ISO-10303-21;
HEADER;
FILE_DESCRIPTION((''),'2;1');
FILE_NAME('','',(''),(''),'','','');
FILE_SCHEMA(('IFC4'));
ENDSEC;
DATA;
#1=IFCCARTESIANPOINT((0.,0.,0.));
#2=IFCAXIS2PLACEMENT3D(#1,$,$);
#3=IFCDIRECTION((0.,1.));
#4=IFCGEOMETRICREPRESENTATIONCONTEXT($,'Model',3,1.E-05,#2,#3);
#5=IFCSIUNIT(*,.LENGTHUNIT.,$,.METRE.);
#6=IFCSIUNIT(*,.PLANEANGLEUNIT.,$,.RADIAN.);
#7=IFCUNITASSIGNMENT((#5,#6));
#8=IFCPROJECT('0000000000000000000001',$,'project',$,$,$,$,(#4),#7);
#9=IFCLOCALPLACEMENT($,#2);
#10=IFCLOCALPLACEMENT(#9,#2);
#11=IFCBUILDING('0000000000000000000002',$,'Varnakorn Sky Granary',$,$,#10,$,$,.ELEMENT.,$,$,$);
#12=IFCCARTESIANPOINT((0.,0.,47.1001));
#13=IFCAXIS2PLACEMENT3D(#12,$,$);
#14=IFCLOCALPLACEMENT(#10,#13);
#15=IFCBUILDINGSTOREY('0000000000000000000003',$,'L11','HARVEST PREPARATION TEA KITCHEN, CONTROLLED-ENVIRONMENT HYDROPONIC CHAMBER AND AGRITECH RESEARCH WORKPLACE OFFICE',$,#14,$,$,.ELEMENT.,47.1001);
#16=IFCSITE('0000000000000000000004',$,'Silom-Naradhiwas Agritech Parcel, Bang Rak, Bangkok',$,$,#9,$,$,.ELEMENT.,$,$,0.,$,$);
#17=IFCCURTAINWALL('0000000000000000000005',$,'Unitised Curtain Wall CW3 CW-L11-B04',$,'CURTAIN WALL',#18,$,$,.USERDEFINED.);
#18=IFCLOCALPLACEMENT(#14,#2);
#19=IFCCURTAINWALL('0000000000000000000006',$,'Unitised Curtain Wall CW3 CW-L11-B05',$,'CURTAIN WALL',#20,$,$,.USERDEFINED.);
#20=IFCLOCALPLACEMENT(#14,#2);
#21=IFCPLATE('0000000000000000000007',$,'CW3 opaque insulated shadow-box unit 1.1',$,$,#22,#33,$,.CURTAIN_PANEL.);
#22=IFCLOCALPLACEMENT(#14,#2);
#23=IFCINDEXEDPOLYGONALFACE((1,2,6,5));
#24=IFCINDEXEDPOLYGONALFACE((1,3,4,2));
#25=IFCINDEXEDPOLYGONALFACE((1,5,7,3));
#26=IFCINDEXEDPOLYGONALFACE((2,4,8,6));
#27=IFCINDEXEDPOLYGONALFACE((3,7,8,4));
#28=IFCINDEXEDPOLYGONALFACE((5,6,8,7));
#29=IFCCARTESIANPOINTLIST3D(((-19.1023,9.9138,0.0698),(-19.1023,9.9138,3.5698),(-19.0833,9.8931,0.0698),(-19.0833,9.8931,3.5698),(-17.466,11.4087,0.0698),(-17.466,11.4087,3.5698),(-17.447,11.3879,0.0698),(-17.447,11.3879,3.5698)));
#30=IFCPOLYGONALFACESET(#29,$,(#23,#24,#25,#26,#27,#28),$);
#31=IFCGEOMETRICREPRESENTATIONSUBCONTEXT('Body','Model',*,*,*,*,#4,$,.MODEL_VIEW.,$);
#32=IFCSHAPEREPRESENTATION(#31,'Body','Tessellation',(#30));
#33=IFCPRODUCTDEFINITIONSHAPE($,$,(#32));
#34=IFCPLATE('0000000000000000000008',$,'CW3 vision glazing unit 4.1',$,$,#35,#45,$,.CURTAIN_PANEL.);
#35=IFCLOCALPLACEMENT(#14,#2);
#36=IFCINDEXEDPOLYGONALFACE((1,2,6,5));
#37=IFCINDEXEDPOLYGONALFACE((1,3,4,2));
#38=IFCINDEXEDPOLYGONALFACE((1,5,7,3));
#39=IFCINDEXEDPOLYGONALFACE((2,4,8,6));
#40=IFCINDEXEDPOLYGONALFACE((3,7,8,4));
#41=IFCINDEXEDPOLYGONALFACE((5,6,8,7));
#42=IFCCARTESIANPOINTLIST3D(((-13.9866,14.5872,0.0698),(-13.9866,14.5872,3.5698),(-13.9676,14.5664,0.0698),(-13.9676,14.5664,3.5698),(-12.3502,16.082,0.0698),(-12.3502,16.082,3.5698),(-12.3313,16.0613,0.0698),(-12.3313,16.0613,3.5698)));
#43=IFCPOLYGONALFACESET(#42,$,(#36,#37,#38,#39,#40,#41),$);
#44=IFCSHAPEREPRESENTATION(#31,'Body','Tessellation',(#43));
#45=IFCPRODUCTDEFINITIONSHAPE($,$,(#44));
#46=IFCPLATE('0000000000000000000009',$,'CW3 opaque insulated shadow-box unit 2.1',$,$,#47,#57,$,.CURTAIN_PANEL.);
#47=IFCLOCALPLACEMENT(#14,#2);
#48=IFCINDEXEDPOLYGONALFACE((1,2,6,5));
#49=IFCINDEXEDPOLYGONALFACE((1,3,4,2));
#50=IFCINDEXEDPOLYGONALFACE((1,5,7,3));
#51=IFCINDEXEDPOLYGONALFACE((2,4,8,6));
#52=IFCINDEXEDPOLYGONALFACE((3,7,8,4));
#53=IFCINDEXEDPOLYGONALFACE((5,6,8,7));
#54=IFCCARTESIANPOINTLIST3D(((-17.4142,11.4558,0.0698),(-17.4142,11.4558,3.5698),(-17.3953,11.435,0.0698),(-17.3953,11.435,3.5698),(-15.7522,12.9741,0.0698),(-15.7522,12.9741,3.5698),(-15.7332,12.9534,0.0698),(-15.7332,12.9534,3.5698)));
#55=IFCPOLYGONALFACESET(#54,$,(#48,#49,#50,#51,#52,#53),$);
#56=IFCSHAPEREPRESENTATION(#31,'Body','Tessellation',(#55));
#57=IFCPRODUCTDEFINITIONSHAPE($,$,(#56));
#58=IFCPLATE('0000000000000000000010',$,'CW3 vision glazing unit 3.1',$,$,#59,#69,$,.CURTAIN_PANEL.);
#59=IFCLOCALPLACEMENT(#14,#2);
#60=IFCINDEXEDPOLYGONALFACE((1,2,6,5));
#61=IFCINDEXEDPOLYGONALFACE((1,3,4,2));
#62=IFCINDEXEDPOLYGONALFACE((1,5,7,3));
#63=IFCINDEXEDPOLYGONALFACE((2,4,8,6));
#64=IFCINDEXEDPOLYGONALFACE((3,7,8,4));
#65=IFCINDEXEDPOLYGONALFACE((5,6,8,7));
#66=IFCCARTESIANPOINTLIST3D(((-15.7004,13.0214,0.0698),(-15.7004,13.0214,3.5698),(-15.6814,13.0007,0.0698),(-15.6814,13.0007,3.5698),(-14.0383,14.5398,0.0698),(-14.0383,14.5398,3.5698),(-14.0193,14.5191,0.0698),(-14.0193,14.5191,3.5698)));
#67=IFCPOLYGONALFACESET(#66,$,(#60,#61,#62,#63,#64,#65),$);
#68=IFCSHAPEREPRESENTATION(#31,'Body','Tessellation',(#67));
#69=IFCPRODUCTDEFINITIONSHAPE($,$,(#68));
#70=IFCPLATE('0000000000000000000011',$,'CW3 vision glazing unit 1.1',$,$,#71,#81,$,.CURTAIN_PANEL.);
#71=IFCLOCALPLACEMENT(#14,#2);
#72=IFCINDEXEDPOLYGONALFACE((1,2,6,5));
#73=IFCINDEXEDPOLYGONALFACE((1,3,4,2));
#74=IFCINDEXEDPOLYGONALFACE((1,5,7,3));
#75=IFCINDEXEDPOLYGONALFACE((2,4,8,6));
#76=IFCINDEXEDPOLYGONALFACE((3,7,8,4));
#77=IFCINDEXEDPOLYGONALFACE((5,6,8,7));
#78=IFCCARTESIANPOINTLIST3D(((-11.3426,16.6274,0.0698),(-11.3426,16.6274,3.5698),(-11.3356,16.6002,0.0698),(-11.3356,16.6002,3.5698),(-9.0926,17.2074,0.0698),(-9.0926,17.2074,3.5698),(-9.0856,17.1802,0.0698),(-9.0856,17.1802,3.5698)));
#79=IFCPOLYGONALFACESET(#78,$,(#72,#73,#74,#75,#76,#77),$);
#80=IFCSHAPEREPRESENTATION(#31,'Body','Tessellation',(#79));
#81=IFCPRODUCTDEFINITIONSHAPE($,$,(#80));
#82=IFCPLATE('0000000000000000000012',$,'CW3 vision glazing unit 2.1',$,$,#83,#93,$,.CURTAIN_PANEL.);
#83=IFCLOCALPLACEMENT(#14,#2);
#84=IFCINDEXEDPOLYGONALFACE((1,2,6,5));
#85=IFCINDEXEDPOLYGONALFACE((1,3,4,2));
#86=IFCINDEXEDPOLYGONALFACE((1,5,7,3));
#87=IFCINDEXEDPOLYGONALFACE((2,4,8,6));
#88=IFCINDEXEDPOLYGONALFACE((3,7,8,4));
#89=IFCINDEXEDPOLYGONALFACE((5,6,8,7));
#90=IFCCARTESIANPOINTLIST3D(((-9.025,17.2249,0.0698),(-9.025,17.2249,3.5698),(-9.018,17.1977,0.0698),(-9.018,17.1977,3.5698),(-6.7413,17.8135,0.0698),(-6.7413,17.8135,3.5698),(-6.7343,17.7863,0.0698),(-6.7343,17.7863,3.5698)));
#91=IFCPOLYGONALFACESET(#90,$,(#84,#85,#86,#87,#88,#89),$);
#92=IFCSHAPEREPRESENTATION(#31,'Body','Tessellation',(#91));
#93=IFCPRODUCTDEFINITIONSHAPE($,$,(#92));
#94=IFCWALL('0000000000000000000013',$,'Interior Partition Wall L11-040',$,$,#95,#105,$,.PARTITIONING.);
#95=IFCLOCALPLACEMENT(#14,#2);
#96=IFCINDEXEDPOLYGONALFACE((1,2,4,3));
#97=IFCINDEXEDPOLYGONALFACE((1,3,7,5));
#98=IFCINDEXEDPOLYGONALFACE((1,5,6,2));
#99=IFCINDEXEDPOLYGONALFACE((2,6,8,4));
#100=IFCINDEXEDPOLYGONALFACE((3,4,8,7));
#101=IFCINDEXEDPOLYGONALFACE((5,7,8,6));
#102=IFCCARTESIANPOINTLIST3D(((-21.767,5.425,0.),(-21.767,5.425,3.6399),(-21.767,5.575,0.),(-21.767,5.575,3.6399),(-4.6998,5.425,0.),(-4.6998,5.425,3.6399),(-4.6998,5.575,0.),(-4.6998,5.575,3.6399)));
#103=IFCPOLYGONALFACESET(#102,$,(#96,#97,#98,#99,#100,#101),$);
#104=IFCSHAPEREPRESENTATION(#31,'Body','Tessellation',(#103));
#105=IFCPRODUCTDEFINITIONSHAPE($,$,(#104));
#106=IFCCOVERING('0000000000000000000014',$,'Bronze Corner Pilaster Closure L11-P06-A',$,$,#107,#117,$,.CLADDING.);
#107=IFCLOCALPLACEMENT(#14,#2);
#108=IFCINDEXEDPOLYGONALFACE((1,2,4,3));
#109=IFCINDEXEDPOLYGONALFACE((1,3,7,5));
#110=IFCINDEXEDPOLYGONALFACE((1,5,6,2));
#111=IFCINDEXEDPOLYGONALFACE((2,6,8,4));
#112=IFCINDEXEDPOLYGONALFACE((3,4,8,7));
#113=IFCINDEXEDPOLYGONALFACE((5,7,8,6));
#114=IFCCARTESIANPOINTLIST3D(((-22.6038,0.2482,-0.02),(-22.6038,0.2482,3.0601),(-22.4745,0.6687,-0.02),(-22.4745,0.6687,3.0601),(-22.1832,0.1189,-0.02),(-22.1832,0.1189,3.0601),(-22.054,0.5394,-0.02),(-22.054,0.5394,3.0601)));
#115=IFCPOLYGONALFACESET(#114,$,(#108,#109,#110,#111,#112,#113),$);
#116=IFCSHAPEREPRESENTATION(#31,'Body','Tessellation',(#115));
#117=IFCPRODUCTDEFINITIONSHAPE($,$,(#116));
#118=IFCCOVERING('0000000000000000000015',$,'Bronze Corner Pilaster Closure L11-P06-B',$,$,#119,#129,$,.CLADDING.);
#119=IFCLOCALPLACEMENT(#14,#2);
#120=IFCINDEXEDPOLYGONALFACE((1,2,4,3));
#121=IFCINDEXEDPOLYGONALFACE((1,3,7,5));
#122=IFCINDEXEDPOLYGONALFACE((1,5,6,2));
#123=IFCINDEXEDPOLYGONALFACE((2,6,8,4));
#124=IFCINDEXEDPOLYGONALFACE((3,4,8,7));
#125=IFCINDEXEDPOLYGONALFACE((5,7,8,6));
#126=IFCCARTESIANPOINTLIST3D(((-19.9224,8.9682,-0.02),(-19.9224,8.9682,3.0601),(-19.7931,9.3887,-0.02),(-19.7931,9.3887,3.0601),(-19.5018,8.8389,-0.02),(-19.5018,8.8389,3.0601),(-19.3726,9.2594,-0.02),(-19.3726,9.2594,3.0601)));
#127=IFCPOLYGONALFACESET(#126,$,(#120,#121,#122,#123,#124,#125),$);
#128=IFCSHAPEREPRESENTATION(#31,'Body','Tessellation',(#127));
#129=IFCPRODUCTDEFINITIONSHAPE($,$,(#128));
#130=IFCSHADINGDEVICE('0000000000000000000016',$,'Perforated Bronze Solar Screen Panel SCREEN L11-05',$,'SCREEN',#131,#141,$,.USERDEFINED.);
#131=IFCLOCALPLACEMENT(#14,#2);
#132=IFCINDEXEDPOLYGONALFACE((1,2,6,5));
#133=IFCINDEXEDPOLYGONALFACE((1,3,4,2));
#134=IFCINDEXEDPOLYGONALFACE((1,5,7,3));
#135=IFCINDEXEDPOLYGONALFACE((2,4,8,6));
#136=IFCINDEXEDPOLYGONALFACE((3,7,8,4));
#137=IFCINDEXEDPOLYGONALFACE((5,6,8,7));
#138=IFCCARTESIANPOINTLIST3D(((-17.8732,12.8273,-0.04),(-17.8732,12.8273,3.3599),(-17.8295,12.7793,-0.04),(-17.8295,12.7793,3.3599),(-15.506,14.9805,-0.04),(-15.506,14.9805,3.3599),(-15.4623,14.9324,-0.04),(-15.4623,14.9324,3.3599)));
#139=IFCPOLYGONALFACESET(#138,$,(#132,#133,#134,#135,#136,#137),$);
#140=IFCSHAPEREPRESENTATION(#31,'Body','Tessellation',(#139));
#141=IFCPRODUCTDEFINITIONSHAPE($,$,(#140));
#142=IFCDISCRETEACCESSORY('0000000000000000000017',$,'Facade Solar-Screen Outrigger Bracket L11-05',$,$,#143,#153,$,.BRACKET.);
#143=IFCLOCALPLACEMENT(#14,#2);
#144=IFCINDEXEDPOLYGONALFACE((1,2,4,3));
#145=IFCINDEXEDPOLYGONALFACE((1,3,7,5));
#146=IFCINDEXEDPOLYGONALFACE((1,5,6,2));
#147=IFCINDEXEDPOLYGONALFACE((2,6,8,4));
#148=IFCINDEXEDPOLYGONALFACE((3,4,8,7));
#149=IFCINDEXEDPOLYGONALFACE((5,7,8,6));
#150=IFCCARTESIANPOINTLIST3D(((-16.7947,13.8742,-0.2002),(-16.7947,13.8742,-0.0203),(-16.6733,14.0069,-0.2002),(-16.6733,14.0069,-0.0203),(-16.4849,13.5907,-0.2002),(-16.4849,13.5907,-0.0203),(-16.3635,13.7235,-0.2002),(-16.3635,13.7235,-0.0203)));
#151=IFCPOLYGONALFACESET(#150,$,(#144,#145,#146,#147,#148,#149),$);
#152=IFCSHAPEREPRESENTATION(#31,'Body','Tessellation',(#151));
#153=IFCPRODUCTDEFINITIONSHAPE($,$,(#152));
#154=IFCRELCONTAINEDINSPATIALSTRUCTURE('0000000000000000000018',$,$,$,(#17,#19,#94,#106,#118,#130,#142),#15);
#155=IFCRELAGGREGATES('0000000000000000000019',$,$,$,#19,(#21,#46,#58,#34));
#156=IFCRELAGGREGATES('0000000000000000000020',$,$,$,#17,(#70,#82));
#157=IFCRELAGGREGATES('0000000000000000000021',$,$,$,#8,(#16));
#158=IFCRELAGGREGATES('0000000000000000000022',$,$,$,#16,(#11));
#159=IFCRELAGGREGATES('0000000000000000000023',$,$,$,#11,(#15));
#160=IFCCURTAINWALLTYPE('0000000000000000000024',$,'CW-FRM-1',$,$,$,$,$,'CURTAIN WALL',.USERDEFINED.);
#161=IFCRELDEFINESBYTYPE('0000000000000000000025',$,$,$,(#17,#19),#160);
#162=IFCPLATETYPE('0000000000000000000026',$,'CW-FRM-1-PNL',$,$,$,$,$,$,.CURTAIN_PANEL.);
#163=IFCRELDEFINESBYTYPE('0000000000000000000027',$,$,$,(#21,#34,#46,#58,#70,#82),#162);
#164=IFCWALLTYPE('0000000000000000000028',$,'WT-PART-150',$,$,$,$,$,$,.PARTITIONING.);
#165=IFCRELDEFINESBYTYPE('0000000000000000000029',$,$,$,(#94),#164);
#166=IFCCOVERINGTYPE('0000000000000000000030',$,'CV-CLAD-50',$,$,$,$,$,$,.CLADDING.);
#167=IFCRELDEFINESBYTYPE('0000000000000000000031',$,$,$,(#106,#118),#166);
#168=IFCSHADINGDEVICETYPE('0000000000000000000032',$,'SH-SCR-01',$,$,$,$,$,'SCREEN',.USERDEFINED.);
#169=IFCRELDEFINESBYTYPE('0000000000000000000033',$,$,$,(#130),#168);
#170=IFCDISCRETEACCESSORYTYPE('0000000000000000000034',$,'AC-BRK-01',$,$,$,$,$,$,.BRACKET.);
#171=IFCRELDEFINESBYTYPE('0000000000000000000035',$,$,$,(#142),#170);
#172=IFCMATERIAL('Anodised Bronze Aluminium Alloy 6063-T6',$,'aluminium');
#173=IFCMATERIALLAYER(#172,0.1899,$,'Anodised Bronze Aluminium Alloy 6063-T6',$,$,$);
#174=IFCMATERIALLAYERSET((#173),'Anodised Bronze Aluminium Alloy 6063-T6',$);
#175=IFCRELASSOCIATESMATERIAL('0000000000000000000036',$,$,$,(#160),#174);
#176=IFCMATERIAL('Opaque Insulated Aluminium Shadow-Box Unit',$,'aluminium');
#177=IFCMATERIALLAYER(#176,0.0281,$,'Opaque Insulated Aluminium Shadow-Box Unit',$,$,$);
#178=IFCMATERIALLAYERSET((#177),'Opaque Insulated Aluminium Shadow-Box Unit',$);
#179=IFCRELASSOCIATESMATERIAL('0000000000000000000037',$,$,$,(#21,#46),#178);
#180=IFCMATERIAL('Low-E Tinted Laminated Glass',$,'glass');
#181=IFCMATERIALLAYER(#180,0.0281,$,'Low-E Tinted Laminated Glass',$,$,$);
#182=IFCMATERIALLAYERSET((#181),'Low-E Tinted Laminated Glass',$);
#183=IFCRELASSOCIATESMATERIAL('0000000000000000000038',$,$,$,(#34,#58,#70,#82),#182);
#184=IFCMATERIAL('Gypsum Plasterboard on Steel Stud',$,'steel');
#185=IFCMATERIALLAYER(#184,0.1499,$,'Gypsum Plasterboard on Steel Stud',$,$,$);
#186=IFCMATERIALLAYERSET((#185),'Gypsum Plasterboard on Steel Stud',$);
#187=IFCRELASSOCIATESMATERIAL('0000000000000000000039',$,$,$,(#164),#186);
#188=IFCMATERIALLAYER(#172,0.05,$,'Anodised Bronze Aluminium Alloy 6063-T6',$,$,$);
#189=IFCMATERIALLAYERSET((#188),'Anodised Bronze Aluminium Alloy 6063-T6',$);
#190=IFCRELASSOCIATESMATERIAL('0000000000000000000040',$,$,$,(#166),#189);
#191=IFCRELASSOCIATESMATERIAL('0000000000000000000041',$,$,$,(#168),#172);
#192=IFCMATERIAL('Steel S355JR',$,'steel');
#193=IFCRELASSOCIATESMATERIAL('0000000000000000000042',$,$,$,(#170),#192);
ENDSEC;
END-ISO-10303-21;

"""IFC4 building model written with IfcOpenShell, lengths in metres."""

from ifc_helpers import new_model, si_unit, direction, frame, frame_2d, origin, origin_2d, place, context, subcontext, project, spatial, rectangle, extrude, source, transform, mapped, material, layer, layer_set, type_object, type_shapes, element, aggregate, save


model = new_model("IFC4")

# Units and contexts
model_context = context("Model", 3, precision=1e-05, world=origin(), true_north=direction((0.0, 1.0)))
body_context = subcontext(model_context, "Body", "Model", "MODEL_VIEW")
ifc_project = project(units=[si_unit("LENGTHUNIT", "METRE"), si_unit("PLANEANGLEUNIT", "RADIAN")], contexts=[model_context])

# Site, building, storey
site_placement = place(None, origin())
site = spatial("IfcSite", under=ifc_project, at=site_placement, Name="Silom-Naradhiwas Agritech Parcel, Bang Rak, Bangkok", CompositionType="ELEMENT", RefElevation=0.0)
building_placement = place(site_placement, origin())
building = spatial("IfcBuilding", under=site, at=building_placement, Name="Varnakorn Sky Granary", CompositionType="ELEMENT")
storey_placement = place(building_placement, frame((0.0, 0.0, 47.1001)))
storey = spatial("IfcBuildingStorey", under=building, at=storey_placement, Name="L11", Description="HARVEST PREPARATION TEA KITCHEN, CONTROLLED-ENVIRONMENT HYDROPONIC CHAMBER AND AGRITECH RESEARCH WORKPLACE OFFICE", CompositionType="ELEMENT", Elevation=47.1001)

# Shared definitions
ifc_material_1 = material(Name="Steel S355JR", Category="steel")

# Curtain walls
ifc_material_2 = material(Name="Anodised Bronze Aluminium Alloy 6063-T6", Category="aluminium")
ifc_layer_1 = layer(ifc_material_2, 0.1899, Name="Anodised Bronze Aluminium Alloy 6063-T6")
ifc_layer_set_1 = layer_set([ifc_layer_1], Name="Anodised Bronze Aluminium Alloy 6063-T6")
curtain_wall_type = type_object("IfcCurtainWallType", Name="CW-FRM-1", ElementType="CURTAIN WALL", PredefinedType="USERDEFINED", material=ifc_layer_set_1)
curtain_wall_1_placement = place(storey_placement, origin())
curtain_wall_1 = element("IfcCurtainWall", 1, at=curtain_wall_1_placement, inside=storey, type_object=curtain_wall_type, Name="Unitised Curtain Wall CW3 CW-L11-B04", ObjectType="CURTAIN WALL", PredefinedType="USERDEFINED")
curtain_wall_2_placement = place(storey_placement, origin())
curtain_wall_2 = element("IfcCurtainWall", 2, at=curtain_wall_2_placement, inside=storey, type_object=curtain_wall_type, Name="Unitised Curtain Wall CW3 CW-L11-B05", ObjectType="CURTAIN WALL", PredefinedType="USERDEFINED")

# Plates
ifc_material_3 = material(Name="Opaque Insulated Aluminium Shadow-Box Unit", Category="aluminium")
ifc_layer_2 = layer(ifc_material_3, 0.0281, Name="Opaque Insulated Aluminium Shadow-Box Unit")
ifc_layer_set_2 = layer_set([ifc_layer_2], Name="Opaque Insulated Aluminium Shadow-Box Unit")
plate_type = type_object("IfcPlateType", Name="CW-FRM-1-PNL", PredefinedType="CURTAIN_PANEL")
shared_shape_1 = source(origin(), body_context, "Body", "SweptSolid", [
    extrude(rectangle(XDim=2.2163, YDim=0.0281, at=origin_2d()), origin(), (0.0, 0.0, 1.0), 3.5),
])
plate_1_placement = place(storey_placement, frame((-18.2747, 10.6509, 0.0698), z_axis=(0.0, 0.0, 1.0), x_axis=(0.738307, 0.674464, 0.0)))
plate_1 = element("IfcPlate", 3, at=plate_1_placement, type_object=plate_type, material=ifc_layer_set_2, Name="CW3 opaque insulated shadow-box unit 1.1", PredefinedType="CURTAIN_PANEL", context=body_context, shape_type="MappedRepresentation", body=[
    mapped(shared_shape_1, transform((0.0, 0.0, 0.0), x_axis=(1.0, 0.0, 0.0), y_axis=(0.0, 1.0, 0.0), z_axis=(0.0, 0.0, 1.0), scale=1.0)),
])
ifc_material_4 = material(Name="Low-E Tinted Laminated Glass", Category="glass")
ifc_layer_3 = layer(ifc_material_4, 0.0281, Name="Low-E Tinted Laminated Glass")
ifc_layer_set_3 = layer_set([ifc_layer_3], Name="Low-E Tinted Laminated Glass")
plate_2_placement = place(storey_placement, frame((-13.1589, 15.3242, 0.0698), z_axis=(0.0, 0.0, 1.0), x_axis=(0.738307, 0.674464, 0.0)))
plate_2 = element("IfcPlate", 4, at=plate_2_placement, type_object=plate_type, material=ifc_layer_set_3, Name="CW3 vision glazing unit 4.1", PredefinedType="CURTAIN_PANEL", context=body_context, shape_type="MappedRepresentation", body=[
    mapped(shared_shape_1, transform((0.0, 0.0, 0.0), x_axis=(1.0, 0.0, 0.0), y_axis=(0.0, 1.0, 0.0), z_axis=(0.0, 0.0, 1.0), scale=1.0)),
])
shared_shape_2 = source(origin(), body_context, "Body", "SweptSolid", [
    extrude(rectangle(XDim=2.2512, YDim=0.0281, at=origin_2d()), origin(), (0.0, 0.0, 1.0), 3.5),
])
plate_3_placement = place(storey_placement, frame((-16.5737, 12.2046, 0.0698), z_axis=(0.0, 0.0, 1.0), x_axis=(0.738307, 0.674464, 0.0)))
plate_3 = element("IfcPlate", 5, at=plate_3_placement, type_object=plate_type, material=ifc_layer_set_2, Name="CW3 opaque insulated shadow-box unit 2.1", PredefinedType="CURTAIN_PANEL", context=body_context, shape_type="MappedRepresentation", body=[
    mapped(shared_shape_2, transform((0.0, 0.0, 0.0), x_axis=(1.0, 0.0, 0.0), y_axis=(0.0, 1.0, 0.0), z_axis=(0.0, 0.0, 1.0), scale=1.0)),
])
plate_4_placement = place(storey_placement, frame((-14.8599, 13.7703, 0.0698), z_axis=(0.0, 0.0, 1.0), x_axis=(0.738307, 0.674464, 0.0)))
plate_4 = element("IfcPlate", 6, at=plate_4_placement, type_object=plate_type, material=ifc_layer_set_3, Name="CW3 vision glazing unit 3.1", PredefinedType="CURTAIN_PANEL", context=body_context, shape_type="MappedRepresentation", body=[
    mapped(shared_shape_2, transform((0.0, 0.0, 0.0), x_axis=(1.0, 0.0, 0.0), y_axis=(0.0, 1.0, 0.0), z_axis=(0.0, 0.0, 1.0), scale=1.0)),
])
aggregate(curtain_wall_2, [plate_1, plate_3, plate_4, plate_2])
shared_shape_3 = source(origin(), body_context, "Body", "SweptSolid", [
    extrude(rectangle(XDim=2.3235, YDim=0.0281, at=origin_2d()), origin(), (0.0, 0.0, 1.0), 3.5),
])
plate_5_placement = place(storey_placement, frame((-10.2141, 16.9038, 0.0698), z_axis=(0.0, 0.0, 1.0), x_axis=(0.96835, 0.249595, 0.0)))
plate_5 = element("IfcPlate", 7, at=plate_5_placement, type_object=plate_type, material=ifc_layer_set_3, Name="CW3 vision glazing unit 1.1", PredefinedType="CURTAIN_PANEL", context=body_context, shape_type="MappedRepresentation", body=[
    mapped(shared_shape_3, transform((0.0, 0.0, 0.0), x_axis=(1.0, 0.0, 0.0), y_axis=(0.0, 1.0, 0.0), z_axis=(0.0, 0.0, 1.0), scale=1.0)),
])
shared_shape_4 = source(origin(), body_context, "Body", "SweptSolid", [
    extrude(rectangle(XDim=2.3584, YDim=0.0281, at=origin_2d()), origin(), (0.0, 0.0, 1.0), 3.5),
])
type_shapes(plate_type, [shared_shape_1, shared_shape_2, shared_shape_3, shared_shape_4])
plate_6_placement = place(storey_placement, frame((-7.8796, 17.5056, 0.0698), z_axis=(0.0, 0.0, 1.0), x_axis=(0.96835, 0.249595, 0.0)))
plate_6 = element("IfcPlate", 8, at=plate_6_placement, type_object=plate_type, material=ifc_layer_set_3, Name="CW3 vision glazing unit 2.1", PredefinedType="CURTAIN_PANEL", context=body_context, shape_type="MappedRepresentation", body=[
    mapped(shared_shape_4, transform((0.0, 0.0, 0.0), x_axis=(1.0, 0.0, 0.0), y_axis=(0.0, 1.0, 0.0), z_axis=(0.0, 0.0, 1.0), scale=1.0)),
])
aggregate(curtain_wall_1, [plate_5, plate_6])

# Wall
ifc_material_5 = material(Name="Gypsum Plasterboard on Steel Stud", Category="steel")
ifc_layer_4 = layer(ifc_material_5, 0.1499, Name="Gypsum Plasterboard on Steel Stud")
ifc_layer_set_4 = layer_set([ifc_layer_4], Name="Gypsum Plasterboard on Steel Stud")
wall_type = type_object("IfcWallType", Name="WT-PART-150", PredefinedType="PARTITIONING", material=ifc_layer_set_4)
wall_placement = place(storey_placement, frame((-21.7671, 5.5, 0.0), z_axis=(0.0, 0.0, 1.0), x_axis=(1.0, 0.0, 0.0)))
element("IfcWall", 9, at=wall_placement, inside=storey, type_object=wall_type, Name="Interior Partition Wall L11-040", PredefinedType="PARTITIONING", context=body_context, shape_type="SweptSolid", body=[
    extrude(rectangle(XDim=17.0671, YDim=0.1499, at=frame_2d((8.5337, 0.0))), origin(), (0.0, 0.0, 1.0), 3.6399),
])

# Coverings
ifc_layer_5 = layer(ifc_material_2, 0.05, Name="Anodised Bronze Aluminium Alloy 6063-T6")
ifc_layer_set_5 = layer_set([ifc_layer_5], Name="Anodised Bronze Aluminium Alloy 6063-T6")
covering_type = type_object("IfcCoveringType", Name="CV-CLAD-50", PredefinedType="CLADDING", material=ifc_layer_set_5)
shared_shape_5 = source(origin(), body_context, "Body", "SweptSolid", [
    extrude(rectangle(XDim=0.4399, YDim=0.4399, at=origin_2d()), origin(), (0.0, 0.0, 1.0), 3.0801),
])
type_shapes(covering_type, [shared_shape_5])
for number, where, z_axis, x_axis, name in (
    (10, (-22.3289, 0.3938, -0.02), (0.0, 0.0, 1.0), (0.293874, 0.955844, 0.0), "Bronze Corner Pilaster Closure L11-P06-A"),
    (11, (-19.6475, 9.1138, -0.02), (0.0, 0.0, 1.0), (0.293874, 0.955844, 0.0), "Bronze Corner Pilaster Closure L11-P06-B"),
):
    element("IfcCovering", number, at=place(storey_placement, frame(where, z_axis=z_axis, x_axis=x_axis)), inside=storey, type_object=covering_type, Name=name, PredefinedType="CLADDING", context=body_context, shape_type="MappedRepresentation", body=[
        mapped(shared_shape_5, transform((0.0, 0.0, 0.0), x_axis=(1.0, 0.0, 0.0), y_axis=(0.0, 1.0, 0.0), z_axis=(0.0, 0.0, 1.0), scale=1.0)),
    ])

# Shading device
shading_device_type = type_object("IfcShadingDeviceType", Name="SH-SCR-01", ElementType="SCREEN", PredefinedType="USERDEFINED", material=ifc_material_2)
shared_shape_6 = source(origin(), body_context, "Body", "SweptSolid", [
    extrude(rectangle(XDim=3.2, YDim=0.0649, at=origin_2d()), origin(), (0.0, 0.0, 1.0), 3.3999),
])
type_shapes(shading_device_type, [shared_shape_6])
shading_device_placement = place(storey_placement, frame((-16.6677, 13.8799, -0.04), z_axis=(0.0, 0.0, 1.0), x_axis=(-0.739766, -0.672865, 0.0)))
element("IfcShadingDevice", 12, at=shading_device_placement, inside=storey, type_object=shading_device_type, Name="Perforated Bronze Solar Screen Panel SCREEN L11-05", ObjectType="SCREEN", PredefinedType="USERDEFINED", context=body_context, shape_type="MappedRepresentation", body=[
    mapped(shared_shape_6, transform((0.0, 0.0, 0.0), x_axis=(1.0, 0.0, 0.0), y_axis=(0.0, 1.0, 0.0), z_axis=(0.0, 0.0, 1.0), scale=1.0)),
])

# Discrete accessory
discrete_accessory_type = type_object("IfcDiscreteAccessoryType", Name="AC-BRK-01", PredefinedType="BRACKET", material=ifc_material_1)
shared_shape_7 = source(origin(), body_context, "Body", "SweptSolid", [
    extrude(rectangle(XDim=0.1799, YDim=0.4199, at=origin_2d()), origin(), (0.0, 0.0, 1.0), 0.1799),
])
type_shapes(discrete_accessory_type, [shared_shape_7])
discrete_accessory_placement = place(storey_placement, frame((-16.5791, 13.7988, -0.2002), z_axis=(0.0, 0.0, 1.0), x_axis=(-0.675094, -0.737732, 0.0)))
element("IfcDiscreteAccessory", 13, at=discrete_accessory_placement, inside=storey, type_object=discrete_accessory_type, Name="Facade Solar-Screen Outrigger Bracket L11-05", PredefinedType="BRACKET", context=body_context, shape_type="MappedRepresentation", body=[
    mapped(shared_shape_7, transform((0.0, 0.0, 0.0), x_axis=(1.0, 0.0, 0.0), y_axis=(0.0, 1.0, 0.0), z_axis=(0.0, 0.0, 1.0), scale=1.0)),
])

save(model, "model.ifc")
